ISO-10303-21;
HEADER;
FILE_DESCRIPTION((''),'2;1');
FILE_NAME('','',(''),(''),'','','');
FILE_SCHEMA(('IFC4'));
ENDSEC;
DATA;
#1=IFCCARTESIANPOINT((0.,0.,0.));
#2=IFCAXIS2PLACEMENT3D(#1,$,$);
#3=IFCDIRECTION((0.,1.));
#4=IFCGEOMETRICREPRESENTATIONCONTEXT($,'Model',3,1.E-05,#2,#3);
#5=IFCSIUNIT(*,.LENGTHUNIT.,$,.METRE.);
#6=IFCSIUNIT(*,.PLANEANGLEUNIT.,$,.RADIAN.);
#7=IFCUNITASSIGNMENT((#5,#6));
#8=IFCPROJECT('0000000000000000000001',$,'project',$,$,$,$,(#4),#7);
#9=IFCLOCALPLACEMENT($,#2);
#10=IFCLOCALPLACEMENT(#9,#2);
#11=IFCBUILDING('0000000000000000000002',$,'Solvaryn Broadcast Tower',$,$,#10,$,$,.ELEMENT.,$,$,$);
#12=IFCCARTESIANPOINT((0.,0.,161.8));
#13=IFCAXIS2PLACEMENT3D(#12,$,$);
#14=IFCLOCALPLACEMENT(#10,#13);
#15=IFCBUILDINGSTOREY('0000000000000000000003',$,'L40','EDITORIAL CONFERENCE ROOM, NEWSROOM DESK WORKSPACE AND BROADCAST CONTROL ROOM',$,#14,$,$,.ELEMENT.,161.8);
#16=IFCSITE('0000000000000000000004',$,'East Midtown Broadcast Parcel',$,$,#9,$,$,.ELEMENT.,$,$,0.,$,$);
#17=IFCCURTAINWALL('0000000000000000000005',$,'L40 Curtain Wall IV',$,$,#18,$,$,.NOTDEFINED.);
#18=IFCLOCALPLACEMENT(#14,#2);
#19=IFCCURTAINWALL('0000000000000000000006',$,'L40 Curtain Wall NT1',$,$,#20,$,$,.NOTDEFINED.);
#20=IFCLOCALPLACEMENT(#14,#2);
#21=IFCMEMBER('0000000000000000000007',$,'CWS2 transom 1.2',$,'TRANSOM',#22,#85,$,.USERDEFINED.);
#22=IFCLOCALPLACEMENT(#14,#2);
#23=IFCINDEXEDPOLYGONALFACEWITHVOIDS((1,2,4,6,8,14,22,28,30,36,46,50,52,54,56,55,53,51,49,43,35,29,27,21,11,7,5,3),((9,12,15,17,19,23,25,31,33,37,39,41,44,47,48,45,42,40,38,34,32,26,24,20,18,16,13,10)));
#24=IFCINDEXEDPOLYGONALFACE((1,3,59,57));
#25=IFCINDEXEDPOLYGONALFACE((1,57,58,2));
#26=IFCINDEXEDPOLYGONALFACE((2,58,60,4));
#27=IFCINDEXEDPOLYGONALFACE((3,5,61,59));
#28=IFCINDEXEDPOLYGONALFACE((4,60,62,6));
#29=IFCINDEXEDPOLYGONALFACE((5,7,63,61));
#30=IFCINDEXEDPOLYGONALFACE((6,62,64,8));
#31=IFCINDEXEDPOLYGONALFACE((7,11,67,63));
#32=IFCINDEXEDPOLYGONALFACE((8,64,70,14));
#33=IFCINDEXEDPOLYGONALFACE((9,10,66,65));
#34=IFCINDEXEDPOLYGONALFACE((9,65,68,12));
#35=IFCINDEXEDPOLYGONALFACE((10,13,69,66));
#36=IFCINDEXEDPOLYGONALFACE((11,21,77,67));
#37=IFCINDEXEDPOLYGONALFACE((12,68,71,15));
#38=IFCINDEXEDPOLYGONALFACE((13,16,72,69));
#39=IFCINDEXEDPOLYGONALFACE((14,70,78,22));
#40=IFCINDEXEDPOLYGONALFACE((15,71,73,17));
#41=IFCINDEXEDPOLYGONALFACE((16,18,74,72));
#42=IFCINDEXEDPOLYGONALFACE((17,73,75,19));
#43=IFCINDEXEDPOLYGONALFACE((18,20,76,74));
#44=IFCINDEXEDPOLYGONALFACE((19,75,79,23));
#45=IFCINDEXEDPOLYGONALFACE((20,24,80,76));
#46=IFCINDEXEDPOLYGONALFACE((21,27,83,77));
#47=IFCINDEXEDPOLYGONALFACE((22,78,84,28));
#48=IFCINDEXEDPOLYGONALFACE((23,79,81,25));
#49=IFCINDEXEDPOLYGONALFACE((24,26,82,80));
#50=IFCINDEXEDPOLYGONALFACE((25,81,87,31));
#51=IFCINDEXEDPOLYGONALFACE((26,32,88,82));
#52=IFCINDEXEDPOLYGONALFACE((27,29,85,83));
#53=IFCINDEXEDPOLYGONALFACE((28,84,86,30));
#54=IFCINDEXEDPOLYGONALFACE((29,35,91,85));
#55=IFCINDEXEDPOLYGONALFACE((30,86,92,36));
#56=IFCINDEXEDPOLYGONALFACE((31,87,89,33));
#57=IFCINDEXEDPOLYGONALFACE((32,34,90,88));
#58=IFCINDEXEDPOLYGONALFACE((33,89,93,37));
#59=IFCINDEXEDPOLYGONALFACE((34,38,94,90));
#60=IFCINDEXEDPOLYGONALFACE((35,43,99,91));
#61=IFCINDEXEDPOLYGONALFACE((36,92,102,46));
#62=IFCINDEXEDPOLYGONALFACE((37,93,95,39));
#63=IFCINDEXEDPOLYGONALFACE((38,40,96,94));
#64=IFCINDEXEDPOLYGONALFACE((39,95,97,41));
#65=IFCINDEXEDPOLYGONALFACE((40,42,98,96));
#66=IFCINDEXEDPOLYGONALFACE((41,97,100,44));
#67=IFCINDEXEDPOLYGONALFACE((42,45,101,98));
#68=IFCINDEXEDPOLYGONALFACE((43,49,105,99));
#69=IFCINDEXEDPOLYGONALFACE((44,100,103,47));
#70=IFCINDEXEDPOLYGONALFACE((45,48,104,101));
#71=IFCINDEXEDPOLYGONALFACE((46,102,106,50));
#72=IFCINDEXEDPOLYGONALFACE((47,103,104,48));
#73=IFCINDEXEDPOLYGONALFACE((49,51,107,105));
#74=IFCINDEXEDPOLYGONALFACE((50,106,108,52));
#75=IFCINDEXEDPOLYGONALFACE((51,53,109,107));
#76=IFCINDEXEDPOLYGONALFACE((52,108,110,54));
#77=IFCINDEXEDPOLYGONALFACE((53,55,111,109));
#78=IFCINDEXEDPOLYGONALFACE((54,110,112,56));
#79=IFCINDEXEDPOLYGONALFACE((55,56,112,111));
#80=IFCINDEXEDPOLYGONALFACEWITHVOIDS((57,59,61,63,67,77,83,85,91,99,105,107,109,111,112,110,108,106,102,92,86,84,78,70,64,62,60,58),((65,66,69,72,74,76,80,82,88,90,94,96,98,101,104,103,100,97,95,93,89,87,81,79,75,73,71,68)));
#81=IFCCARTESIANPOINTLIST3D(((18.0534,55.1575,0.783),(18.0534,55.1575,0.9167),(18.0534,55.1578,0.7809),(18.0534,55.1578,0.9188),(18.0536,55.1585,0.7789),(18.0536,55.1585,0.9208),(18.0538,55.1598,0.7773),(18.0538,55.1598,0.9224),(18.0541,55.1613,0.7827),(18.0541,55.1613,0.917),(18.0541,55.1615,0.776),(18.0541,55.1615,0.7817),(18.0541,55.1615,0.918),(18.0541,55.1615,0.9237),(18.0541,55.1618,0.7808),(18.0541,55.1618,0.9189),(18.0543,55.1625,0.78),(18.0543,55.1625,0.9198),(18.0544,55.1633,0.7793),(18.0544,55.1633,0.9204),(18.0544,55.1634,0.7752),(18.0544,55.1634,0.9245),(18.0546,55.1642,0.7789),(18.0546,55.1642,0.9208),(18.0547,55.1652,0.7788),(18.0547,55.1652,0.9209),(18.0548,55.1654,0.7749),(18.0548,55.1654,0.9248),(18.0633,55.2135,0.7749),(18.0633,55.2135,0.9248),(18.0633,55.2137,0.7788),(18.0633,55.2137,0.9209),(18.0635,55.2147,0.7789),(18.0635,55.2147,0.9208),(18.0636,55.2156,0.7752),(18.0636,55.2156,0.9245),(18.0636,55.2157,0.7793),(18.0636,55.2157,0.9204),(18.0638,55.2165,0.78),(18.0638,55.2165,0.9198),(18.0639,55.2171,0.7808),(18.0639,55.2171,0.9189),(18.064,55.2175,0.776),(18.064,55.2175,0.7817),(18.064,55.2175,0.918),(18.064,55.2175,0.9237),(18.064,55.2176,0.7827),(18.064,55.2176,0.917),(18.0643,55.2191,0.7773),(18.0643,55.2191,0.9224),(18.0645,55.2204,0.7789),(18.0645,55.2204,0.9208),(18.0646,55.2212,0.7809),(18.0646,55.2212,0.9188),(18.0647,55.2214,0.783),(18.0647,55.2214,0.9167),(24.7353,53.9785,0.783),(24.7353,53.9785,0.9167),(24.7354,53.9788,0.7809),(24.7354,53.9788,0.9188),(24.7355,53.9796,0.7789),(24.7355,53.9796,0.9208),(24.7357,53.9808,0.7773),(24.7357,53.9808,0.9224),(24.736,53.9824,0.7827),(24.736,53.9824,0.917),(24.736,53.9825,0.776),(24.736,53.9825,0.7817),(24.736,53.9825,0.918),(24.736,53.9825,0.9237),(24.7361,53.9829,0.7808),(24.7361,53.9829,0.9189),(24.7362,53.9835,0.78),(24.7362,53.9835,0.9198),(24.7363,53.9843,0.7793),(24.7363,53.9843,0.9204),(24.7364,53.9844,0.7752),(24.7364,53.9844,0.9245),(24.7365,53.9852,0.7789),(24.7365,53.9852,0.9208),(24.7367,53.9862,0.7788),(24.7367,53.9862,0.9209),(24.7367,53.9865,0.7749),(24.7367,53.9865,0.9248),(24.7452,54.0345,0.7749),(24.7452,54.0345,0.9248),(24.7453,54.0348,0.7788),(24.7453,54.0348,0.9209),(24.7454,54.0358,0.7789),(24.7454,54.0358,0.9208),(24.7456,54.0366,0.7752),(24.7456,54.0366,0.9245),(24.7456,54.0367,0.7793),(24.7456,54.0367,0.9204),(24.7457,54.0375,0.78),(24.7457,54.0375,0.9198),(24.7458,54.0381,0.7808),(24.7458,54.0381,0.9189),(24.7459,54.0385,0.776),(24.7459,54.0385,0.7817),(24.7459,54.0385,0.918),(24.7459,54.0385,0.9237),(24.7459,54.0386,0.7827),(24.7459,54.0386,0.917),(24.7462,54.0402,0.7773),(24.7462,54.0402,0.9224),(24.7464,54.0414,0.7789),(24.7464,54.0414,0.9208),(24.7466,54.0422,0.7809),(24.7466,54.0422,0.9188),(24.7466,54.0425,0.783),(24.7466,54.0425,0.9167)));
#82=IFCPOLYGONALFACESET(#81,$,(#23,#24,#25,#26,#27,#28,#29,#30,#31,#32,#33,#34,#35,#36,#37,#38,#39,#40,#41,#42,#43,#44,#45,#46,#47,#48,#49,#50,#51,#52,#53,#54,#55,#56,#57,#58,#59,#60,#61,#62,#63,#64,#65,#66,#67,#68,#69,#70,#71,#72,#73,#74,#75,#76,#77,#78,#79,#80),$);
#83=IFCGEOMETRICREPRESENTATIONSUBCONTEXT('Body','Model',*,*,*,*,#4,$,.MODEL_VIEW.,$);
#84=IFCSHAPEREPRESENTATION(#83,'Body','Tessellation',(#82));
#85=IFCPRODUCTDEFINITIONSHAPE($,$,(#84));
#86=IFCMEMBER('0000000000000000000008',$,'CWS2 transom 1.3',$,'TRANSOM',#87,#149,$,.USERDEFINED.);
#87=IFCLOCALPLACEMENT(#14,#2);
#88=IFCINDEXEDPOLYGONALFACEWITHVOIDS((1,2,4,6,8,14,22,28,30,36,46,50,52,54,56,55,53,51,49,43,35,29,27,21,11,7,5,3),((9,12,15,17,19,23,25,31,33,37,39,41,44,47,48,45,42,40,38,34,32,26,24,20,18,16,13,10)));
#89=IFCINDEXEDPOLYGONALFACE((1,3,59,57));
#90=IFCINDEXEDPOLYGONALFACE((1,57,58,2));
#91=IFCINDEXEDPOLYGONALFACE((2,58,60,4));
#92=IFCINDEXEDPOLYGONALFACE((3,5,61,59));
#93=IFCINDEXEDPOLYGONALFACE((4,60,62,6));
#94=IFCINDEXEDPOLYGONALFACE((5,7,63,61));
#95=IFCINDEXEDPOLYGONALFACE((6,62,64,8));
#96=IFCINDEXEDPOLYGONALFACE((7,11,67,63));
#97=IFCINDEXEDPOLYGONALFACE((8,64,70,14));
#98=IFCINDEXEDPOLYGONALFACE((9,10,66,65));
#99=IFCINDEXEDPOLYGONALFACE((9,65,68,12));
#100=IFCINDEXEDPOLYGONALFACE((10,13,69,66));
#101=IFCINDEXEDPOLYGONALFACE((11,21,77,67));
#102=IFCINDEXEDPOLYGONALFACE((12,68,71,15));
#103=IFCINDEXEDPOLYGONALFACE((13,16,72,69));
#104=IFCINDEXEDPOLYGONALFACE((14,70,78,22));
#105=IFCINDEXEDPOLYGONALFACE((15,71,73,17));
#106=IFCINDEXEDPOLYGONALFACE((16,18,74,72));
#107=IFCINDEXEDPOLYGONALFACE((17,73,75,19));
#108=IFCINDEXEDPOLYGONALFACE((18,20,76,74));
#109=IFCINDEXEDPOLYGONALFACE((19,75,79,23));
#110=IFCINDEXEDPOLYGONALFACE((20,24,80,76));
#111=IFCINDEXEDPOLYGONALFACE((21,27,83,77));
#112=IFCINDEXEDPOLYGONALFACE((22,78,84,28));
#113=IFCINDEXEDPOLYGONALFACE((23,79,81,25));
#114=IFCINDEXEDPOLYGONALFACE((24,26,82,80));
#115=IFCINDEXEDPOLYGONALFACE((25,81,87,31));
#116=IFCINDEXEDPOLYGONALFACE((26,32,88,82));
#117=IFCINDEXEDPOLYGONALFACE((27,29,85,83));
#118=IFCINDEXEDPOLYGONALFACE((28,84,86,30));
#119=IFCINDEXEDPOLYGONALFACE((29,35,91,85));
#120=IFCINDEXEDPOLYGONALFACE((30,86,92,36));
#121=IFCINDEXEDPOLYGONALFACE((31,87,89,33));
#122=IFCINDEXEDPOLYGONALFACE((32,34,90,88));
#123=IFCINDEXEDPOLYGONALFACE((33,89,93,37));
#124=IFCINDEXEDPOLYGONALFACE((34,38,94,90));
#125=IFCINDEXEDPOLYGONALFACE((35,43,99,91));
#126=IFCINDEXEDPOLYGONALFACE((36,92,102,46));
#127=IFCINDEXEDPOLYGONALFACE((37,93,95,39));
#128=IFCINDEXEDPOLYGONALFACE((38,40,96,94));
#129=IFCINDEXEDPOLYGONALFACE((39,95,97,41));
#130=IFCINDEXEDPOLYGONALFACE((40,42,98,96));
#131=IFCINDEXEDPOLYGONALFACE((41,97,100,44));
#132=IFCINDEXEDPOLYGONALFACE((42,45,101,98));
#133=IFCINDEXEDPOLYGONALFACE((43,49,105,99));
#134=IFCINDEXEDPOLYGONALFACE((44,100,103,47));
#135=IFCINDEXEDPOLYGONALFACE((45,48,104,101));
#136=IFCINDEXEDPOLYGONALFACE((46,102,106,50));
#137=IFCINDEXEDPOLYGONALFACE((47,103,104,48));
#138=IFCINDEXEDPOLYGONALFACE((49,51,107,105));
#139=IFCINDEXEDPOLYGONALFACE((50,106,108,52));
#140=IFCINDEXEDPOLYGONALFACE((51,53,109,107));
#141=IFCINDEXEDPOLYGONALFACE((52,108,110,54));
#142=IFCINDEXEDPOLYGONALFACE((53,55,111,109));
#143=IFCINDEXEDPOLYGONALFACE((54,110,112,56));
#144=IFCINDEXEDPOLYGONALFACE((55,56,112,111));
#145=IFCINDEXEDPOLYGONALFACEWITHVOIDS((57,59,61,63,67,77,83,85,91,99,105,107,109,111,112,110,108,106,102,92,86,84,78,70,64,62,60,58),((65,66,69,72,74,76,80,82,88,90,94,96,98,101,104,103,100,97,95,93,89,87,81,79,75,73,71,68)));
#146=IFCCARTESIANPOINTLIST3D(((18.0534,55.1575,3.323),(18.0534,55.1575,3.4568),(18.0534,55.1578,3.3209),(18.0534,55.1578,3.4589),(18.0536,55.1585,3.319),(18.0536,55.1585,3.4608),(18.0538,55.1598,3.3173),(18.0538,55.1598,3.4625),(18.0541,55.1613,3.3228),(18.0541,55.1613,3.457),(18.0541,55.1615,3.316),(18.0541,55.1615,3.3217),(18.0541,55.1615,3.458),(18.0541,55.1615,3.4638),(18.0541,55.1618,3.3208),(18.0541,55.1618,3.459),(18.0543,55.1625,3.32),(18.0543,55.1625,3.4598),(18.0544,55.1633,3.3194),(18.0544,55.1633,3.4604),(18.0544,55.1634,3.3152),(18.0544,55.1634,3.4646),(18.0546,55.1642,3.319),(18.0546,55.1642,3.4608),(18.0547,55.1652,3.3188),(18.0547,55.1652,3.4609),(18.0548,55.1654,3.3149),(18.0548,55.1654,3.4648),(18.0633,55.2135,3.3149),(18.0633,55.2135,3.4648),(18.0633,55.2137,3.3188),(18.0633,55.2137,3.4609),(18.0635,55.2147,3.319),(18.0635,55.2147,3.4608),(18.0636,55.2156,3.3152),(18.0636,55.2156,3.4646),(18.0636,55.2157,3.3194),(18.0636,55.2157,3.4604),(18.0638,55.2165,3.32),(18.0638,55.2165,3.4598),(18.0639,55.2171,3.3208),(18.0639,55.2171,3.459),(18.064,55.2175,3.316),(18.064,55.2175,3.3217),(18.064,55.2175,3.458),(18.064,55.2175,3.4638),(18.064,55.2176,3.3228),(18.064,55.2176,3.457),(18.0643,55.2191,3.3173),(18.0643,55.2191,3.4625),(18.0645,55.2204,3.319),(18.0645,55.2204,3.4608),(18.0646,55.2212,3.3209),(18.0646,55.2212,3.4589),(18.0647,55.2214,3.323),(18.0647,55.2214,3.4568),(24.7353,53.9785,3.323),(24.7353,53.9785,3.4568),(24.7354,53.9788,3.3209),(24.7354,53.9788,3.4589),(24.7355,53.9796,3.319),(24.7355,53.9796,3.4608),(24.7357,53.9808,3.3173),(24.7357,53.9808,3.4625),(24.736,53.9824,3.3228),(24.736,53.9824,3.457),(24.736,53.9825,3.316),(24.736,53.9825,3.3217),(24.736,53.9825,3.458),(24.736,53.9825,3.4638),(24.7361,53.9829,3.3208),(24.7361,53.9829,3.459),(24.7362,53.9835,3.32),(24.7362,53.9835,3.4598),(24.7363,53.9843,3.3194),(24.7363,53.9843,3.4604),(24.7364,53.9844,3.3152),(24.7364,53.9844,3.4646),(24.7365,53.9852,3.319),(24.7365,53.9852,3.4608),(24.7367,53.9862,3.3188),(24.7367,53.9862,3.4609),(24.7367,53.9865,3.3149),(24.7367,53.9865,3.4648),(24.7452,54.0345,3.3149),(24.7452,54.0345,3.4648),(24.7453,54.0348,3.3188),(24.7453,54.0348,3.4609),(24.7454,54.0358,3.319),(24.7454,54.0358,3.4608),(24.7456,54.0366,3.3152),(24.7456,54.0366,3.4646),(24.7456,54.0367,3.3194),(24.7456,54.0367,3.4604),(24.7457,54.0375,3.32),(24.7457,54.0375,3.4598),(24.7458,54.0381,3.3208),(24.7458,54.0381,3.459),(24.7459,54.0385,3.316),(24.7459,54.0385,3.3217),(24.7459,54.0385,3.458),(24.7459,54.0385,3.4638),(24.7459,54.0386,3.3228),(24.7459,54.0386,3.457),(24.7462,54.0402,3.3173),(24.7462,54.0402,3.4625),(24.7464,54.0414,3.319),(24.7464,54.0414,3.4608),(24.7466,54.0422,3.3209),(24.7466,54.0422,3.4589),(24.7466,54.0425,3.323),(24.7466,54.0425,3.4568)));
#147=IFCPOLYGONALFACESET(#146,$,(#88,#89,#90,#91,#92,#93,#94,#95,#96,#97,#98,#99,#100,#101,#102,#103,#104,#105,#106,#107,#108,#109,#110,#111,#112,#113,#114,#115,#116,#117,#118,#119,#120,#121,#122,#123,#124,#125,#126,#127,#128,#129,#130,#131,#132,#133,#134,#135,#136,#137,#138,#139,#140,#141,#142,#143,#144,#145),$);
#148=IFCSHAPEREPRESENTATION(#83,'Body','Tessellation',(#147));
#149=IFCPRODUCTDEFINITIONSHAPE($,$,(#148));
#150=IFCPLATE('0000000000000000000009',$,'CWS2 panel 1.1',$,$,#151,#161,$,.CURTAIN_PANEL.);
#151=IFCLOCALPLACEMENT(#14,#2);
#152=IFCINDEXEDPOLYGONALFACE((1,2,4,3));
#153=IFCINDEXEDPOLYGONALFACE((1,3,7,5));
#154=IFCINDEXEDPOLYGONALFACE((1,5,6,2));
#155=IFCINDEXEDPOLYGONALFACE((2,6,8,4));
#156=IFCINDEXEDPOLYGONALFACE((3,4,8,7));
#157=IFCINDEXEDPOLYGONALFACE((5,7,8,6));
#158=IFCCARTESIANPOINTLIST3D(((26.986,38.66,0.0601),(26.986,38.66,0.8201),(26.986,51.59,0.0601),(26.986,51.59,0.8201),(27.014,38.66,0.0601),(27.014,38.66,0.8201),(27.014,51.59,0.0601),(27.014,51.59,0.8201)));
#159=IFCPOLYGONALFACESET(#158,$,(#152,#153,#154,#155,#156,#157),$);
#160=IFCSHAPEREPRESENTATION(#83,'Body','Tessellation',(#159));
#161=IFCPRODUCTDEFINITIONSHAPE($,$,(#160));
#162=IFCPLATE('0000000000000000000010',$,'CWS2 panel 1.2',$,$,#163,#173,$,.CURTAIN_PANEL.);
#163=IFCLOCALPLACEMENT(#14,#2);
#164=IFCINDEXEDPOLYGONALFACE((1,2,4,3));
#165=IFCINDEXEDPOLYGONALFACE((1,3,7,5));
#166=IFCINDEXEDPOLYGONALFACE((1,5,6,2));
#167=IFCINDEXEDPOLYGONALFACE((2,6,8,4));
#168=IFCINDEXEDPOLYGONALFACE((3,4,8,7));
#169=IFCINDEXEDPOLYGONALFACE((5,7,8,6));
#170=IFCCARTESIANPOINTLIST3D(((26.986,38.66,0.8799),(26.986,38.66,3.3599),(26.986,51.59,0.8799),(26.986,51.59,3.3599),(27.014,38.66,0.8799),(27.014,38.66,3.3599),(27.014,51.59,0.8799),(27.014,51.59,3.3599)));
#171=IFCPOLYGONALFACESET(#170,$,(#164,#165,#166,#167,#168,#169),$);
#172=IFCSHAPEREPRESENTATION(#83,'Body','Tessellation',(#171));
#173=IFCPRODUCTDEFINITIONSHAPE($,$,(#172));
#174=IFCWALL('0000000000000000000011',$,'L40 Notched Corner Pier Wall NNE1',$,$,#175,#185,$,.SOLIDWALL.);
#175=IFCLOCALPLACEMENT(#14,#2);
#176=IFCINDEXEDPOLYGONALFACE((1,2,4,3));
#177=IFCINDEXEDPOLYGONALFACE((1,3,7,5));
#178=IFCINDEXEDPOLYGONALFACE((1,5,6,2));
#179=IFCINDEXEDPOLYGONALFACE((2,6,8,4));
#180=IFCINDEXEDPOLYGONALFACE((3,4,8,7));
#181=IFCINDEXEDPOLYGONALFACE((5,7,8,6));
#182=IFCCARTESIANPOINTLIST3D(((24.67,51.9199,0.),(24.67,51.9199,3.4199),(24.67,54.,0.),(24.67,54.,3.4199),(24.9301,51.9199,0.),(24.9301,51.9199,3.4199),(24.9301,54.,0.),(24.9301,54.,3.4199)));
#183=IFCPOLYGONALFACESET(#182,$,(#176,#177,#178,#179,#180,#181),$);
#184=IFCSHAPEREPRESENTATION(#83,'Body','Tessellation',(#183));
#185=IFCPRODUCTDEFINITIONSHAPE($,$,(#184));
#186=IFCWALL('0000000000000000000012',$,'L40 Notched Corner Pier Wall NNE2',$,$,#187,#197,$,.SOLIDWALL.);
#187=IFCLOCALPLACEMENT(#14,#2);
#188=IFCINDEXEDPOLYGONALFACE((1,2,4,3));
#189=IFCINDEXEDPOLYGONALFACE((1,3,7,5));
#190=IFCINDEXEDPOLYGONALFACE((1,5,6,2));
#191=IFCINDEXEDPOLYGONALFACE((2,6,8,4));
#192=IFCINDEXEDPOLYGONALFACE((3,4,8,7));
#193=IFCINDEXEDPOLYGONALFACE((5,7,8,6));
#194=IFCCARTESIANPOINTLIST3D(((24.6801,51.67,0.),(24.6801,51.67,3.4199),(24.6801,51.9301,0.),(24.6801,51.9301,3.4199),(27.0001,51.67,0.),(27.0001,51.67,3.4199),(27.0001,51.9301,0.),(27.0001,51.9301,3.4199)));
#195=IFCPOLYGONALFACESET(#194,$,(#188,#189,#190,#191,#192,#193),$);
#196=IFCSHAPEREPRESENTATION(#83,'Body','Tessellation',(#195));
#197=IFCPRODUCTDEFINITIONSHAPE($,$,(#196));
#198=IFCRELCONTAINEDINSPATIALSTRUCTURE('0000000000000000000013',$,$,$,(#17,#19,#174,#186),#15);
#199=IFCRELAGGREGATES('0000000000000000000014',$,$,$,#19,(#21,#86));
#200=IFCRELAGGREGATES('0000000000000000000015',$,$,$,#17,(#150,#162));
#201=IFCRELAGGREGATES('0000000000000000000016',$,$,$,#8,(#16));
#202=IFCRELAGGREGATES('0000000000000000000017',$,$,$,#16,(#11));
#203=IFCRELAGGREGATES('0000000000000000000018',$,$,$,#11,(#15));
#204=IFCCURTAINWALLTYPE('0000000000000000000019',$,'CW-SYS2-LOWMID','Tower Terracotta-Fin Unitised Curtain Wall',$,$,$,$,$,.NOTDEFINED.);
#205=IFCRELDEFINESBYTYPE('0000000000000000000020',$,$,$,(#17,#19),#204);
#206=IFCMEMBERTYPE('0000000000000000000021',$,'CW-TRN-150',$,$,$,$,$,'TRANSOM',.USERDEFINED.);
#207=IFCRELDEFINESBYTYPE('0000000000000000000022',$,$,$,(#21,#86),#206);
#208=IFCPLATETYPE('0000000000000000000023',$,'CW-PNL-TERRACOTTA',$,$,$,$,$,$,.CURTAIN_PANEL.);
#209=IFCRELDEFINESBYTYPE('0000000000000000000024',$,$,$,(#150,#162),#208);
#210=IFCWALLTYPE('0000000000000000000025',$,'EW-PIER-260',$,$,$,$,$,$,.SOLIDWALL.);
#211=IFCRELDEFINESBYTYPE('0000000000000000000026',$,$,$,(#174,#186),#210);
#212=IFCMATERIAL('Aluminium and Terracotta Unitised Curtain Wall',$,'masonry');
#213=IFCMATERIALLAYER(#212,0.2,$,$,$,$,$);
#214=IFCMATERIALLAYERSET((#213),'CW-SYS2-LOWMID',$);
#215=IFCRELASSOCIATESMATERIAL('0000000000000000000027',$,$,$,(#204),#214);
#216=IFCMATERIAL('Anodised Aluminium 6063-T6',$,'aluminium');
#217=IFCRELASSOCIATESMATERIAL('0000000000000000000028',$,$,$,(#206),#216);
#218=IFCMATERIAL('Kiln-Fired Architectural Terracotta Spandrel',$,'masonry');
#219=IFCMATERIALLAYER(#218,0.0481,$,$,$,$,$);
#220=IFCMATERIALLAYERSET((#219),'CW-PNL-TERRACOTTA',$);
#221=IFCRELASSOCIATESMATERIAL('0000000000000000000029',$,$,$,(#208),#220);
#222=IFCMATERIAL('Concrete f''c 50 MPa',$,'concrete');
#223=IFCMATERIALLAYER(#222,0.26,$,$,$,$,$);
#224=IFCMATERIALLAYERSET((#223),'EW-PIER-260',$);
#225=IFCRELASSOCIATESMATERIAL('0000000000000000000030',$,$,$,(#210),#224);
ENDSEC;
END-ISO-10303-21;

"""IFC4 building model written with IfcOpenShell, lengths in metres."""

from ifc_helpers import new_model, si_unit, direction, frame, frame_2d, origin, origin_2d, place, context, subcontext, project, spatial, rectangle, hollow_rectangle, extrude, material, layer, layer_set, material_profile, profile_set, type_object, element, aggregate, save


model = new_model("IFC4")

# Units and contexts
model_context = context("Model", 3, precision=1e-05, world=origin(), true_north=direction((0.0, 1.0)))
body_context = subcontext(model_context, "Body", "Model", "MODEL_VIEW")
ifc_project = project(units=[si_unit("LENGTHUNIT", "METRE"), si_unit("PLANEANGLEUNIT", "RADIAN")], contexts=[model_context])

# Site, building, storey
site_placement = place(None, origin())
site = spatial("IfcSite", under=ifc_project, at=site_placement, Name="East Midtown Broadcast Parcel", CompositionType="ELEMENT", RefElevation=0.0)
building_placement = place(site_placement, origin())
building = spatial("IfcBuilding", under=site, at=building_placement, Name="Solvaryn Broadcast Tower", CompositionType="ELEMENT")
storey_placement = place(building_placement, frame((0.0, 0.0, 161.8)))
storey = spatial("IfcBuildingStorey", under=building, at=storey_placement, Name="L40", Description="EDITORIAL CONFERENCE ROOM, NEWSROOM DESK WORKSPACE AND BROADCAST CONTROL ROOM", CompositionType="ELEMENT", Elevation=161.8)

# Curtain wall
ifc_material_1 = material(Name="Aluminium and Terracotta Unitised Curtain Wall", Category="masonry")
ifc_layer_1 = layer(ifc_material_1, 0.2)
ifc_layer_set_1 = layer_set([ifc_layer_1], Name="CW-SYS2-LOWMID")
curtain_wall_type = type_object("IfcCurtainWallType", Name="CW-SYS2-LOWMID", Description="Tower Terracotta-Fin Unitised Curtain Wall", PredefinedType="NOTDEFINED", material=ifc_layer_set_1)
curtain_wall_1_placement = place(storey_placement, origin())
curtain_wall_1 = element("IfcCurtainWall", 1, at=curtain_wall_1_placement, inside=storey, type_object=curtain_wall_type, Name="L40 Curtain Wall IV", PredefinedType="NOTDEFINED")

# Curtain wall
curtain_wall_2_placement = place(storey_placement, origin())
curtain_wall_2 = element("IfcCurtainWall", 2, at=curtain_wall_2_placement, inside=storey, type_object=curtain_wall_type, Name="L40 Curtain Wall NT1", PredefinedType="NOTDEFINED")

# Members
ifc_material_2 = material(Name="Anodised Aluminium 6063-T6", Category="aluminium")
ifc_material_profile_1 = material_profile(ifc_material_2, hollow_rectangle(XDim=0.0649, YDim=0.1499, WallThickness=0.0039, InnerFilletRadius=0.0039, OuterFilletRadius=0.0081, at=origin_2d()))
ifc_profile_set_1 = profile_set([ifc_material_profile_1], Name="Anodised Aluminium 6063-T6")
member_type_1 = type_object("IfcMemberType", Name="CW-TRN-150", ElementType="TRANSOM", PredefinedType="USERDEFINED", material=ifc_profile_set_1)
member_1_placement = place(storey_placement, frame((24.741, 54.0105, 0.8499), z_axis=(-0.984789, 0.173757, 0.0), x_axis=(-0.173757, -0.984789, 0.0)))
member_1 = element("IfcMember", 3, at=member_1_placement, type_object=member_type_1, Name="CWS2 transom 1.2", ObjectType="TRANSOM", PredefinedType="USERDEFINED", context=body_context, shape_type="SweptSolid", body=[
    extrude(hollow_rectangle(XDim=0.0649, YDim=0.1499, WallThickness=0.0039, InnerFilletRadius=0.0039, OuterFilletRadius=0.0081, at=origin_2d()), origin(), (0.0, 0.0, 1.0), 6.7852),
])
member_2_placement = place(storey_placement, frame((24.741, 54.0105, 3.3899), z_axis=(-0.984789, 0.173757, 0.0), x_axis=(-0.173757, -0.984789, 0.0)))
member_2 = element("IfcMember", 4, at=member_2_placement, type_object=member_type_1, Name="CWS2 transom 1.3", ObjectType="TRANSOM", PredefinedType="USERDEFINED", context=body_context, shape_type="SweptSolid", body=[
    extrude(hollow_rectangle(XDim=0.0649, YDim=0.1499, WallThickness=0.0039, InnerFilletRadius=0.0039, OuterFilletRadius=0.0081, at=origin_2d()), origin(), (0.0, 0.0, 1.0), 6.7852),
])
aggregate(curtain_wall_2, [member_1, member_2])

# Plates
ifc_material_3 = material(Name="Kiln-Fired Architectural Terracotta Spandrel", Category="masonry")
ifc_layer_2 = layer(ifc_material_3, 0.0481)
ifc_layer_set_2 = layer_set([ifc_layer_2], Name="CW-PNL-TERRACOTTA")
plate_type = type_object("IfcPlateType", Name="CW-PNL-TERRACOTTA", PredefinedType="CURTAIN_PANEL", material=ifc_layer_set_2)
plate_1_placement = place(storey_placement, frame((27.0, 45.125, 0.0601), z_axis=(0.0, 0.0, 1.0), x_axis=(0.0, -1.0, 0.0)))
plate_1 = element("IfcPlate", 5, at=plate_1_placement, type_object=plate_type, Name="CWS2 panel 1.1", PredefinedType="CURTAIN_PANEL", context=body_context, shape_type="SweptSolid", body=[
    extrude(rectangle(XDim=12.9299, YDim=0.0281, at=origin_2d()), origin(), (0.0, 0.0, 1.0), 0.76),
])
plate_2_placement = place(storey_placement, frame((27.0, 45.125, 0.8799), z_axis=(0.0, 0.0, 1.0), x_axis=(0.0, -1.0, 0.0)))
plate_2 = element("IfcPlate", 6, at=plate_2_placement, type_object=plate_type, Name="CWS2 panel 1.2", PredefinedType="CURTAIN_PANEL", context=body_context, shape_type="SweptSolid", body=[
    extrude(rectangle(XDim=12.9299, YDim=0.0281, at=origin_2d()), origin(), (0.0, 0.0, 1.0), 2.48),
])
aggregate(curtain_wall_1, [plate_1, plate_2])

# Walls
ifc_material_4 = material(Name="Concrete f'c 50 MPa", Category="concrete")
ifc_layer_3 = layer(ifc_material_4, 0.26)
ifc_layer_set_3 = layer_set([ifc_layer_3], Name="EW-PIER-260")
wall_type_1 = type_object("IfcWallType", Name="EW-PIER-260", PredefinedType="SOLIDWALL", material=ifc_layer_set_3)
wall_1_placement = place(storey_placement, frame((24.8, 54.0, 0.0), z_axis=(0.0, 0.0, 1.0), x_axis=(0.0, -1.0, 0.0)))
element("IfcWall", 7, at=wall_1_placement, inside=storey, type_object=wall_type_1, Name="L40 Notched Corner Pier Wall NNE1", PredefinedType="SOLIDWALL", context=body_context, shape_type="SweptSolid", body=[
    extrude(rectangle(XDim=2.0801, YDim=0.26, at=frame_2d((1.04, 0.0))), origin(), (0.0, 0.0, 1.0), 3.4199),
])
wall_2_placement = place(storey_placement, frame((24.6799, 51.8, 0.0), z_axis=(0.0, 0.0, 1.0), x_axis=(1.0, 0.0, 0.0)))
element("IfcWall", 8, at=wall_2_placement, inside=storey, type_object=wall_type_1, Name="L40 Notched Corner Pier Wall NNE2", PredefinedType="SOLIDWALL", context=body_context, shape_type="SweptSolid", body=[
    extrude(rectangle(XDim=2.3201, YDim=0.26, at=frame_2d((1.1602, 0.0))), origin(), (0.0, 0.0, 1.0), 3.4199),
])

save(model, "model.ifc")
